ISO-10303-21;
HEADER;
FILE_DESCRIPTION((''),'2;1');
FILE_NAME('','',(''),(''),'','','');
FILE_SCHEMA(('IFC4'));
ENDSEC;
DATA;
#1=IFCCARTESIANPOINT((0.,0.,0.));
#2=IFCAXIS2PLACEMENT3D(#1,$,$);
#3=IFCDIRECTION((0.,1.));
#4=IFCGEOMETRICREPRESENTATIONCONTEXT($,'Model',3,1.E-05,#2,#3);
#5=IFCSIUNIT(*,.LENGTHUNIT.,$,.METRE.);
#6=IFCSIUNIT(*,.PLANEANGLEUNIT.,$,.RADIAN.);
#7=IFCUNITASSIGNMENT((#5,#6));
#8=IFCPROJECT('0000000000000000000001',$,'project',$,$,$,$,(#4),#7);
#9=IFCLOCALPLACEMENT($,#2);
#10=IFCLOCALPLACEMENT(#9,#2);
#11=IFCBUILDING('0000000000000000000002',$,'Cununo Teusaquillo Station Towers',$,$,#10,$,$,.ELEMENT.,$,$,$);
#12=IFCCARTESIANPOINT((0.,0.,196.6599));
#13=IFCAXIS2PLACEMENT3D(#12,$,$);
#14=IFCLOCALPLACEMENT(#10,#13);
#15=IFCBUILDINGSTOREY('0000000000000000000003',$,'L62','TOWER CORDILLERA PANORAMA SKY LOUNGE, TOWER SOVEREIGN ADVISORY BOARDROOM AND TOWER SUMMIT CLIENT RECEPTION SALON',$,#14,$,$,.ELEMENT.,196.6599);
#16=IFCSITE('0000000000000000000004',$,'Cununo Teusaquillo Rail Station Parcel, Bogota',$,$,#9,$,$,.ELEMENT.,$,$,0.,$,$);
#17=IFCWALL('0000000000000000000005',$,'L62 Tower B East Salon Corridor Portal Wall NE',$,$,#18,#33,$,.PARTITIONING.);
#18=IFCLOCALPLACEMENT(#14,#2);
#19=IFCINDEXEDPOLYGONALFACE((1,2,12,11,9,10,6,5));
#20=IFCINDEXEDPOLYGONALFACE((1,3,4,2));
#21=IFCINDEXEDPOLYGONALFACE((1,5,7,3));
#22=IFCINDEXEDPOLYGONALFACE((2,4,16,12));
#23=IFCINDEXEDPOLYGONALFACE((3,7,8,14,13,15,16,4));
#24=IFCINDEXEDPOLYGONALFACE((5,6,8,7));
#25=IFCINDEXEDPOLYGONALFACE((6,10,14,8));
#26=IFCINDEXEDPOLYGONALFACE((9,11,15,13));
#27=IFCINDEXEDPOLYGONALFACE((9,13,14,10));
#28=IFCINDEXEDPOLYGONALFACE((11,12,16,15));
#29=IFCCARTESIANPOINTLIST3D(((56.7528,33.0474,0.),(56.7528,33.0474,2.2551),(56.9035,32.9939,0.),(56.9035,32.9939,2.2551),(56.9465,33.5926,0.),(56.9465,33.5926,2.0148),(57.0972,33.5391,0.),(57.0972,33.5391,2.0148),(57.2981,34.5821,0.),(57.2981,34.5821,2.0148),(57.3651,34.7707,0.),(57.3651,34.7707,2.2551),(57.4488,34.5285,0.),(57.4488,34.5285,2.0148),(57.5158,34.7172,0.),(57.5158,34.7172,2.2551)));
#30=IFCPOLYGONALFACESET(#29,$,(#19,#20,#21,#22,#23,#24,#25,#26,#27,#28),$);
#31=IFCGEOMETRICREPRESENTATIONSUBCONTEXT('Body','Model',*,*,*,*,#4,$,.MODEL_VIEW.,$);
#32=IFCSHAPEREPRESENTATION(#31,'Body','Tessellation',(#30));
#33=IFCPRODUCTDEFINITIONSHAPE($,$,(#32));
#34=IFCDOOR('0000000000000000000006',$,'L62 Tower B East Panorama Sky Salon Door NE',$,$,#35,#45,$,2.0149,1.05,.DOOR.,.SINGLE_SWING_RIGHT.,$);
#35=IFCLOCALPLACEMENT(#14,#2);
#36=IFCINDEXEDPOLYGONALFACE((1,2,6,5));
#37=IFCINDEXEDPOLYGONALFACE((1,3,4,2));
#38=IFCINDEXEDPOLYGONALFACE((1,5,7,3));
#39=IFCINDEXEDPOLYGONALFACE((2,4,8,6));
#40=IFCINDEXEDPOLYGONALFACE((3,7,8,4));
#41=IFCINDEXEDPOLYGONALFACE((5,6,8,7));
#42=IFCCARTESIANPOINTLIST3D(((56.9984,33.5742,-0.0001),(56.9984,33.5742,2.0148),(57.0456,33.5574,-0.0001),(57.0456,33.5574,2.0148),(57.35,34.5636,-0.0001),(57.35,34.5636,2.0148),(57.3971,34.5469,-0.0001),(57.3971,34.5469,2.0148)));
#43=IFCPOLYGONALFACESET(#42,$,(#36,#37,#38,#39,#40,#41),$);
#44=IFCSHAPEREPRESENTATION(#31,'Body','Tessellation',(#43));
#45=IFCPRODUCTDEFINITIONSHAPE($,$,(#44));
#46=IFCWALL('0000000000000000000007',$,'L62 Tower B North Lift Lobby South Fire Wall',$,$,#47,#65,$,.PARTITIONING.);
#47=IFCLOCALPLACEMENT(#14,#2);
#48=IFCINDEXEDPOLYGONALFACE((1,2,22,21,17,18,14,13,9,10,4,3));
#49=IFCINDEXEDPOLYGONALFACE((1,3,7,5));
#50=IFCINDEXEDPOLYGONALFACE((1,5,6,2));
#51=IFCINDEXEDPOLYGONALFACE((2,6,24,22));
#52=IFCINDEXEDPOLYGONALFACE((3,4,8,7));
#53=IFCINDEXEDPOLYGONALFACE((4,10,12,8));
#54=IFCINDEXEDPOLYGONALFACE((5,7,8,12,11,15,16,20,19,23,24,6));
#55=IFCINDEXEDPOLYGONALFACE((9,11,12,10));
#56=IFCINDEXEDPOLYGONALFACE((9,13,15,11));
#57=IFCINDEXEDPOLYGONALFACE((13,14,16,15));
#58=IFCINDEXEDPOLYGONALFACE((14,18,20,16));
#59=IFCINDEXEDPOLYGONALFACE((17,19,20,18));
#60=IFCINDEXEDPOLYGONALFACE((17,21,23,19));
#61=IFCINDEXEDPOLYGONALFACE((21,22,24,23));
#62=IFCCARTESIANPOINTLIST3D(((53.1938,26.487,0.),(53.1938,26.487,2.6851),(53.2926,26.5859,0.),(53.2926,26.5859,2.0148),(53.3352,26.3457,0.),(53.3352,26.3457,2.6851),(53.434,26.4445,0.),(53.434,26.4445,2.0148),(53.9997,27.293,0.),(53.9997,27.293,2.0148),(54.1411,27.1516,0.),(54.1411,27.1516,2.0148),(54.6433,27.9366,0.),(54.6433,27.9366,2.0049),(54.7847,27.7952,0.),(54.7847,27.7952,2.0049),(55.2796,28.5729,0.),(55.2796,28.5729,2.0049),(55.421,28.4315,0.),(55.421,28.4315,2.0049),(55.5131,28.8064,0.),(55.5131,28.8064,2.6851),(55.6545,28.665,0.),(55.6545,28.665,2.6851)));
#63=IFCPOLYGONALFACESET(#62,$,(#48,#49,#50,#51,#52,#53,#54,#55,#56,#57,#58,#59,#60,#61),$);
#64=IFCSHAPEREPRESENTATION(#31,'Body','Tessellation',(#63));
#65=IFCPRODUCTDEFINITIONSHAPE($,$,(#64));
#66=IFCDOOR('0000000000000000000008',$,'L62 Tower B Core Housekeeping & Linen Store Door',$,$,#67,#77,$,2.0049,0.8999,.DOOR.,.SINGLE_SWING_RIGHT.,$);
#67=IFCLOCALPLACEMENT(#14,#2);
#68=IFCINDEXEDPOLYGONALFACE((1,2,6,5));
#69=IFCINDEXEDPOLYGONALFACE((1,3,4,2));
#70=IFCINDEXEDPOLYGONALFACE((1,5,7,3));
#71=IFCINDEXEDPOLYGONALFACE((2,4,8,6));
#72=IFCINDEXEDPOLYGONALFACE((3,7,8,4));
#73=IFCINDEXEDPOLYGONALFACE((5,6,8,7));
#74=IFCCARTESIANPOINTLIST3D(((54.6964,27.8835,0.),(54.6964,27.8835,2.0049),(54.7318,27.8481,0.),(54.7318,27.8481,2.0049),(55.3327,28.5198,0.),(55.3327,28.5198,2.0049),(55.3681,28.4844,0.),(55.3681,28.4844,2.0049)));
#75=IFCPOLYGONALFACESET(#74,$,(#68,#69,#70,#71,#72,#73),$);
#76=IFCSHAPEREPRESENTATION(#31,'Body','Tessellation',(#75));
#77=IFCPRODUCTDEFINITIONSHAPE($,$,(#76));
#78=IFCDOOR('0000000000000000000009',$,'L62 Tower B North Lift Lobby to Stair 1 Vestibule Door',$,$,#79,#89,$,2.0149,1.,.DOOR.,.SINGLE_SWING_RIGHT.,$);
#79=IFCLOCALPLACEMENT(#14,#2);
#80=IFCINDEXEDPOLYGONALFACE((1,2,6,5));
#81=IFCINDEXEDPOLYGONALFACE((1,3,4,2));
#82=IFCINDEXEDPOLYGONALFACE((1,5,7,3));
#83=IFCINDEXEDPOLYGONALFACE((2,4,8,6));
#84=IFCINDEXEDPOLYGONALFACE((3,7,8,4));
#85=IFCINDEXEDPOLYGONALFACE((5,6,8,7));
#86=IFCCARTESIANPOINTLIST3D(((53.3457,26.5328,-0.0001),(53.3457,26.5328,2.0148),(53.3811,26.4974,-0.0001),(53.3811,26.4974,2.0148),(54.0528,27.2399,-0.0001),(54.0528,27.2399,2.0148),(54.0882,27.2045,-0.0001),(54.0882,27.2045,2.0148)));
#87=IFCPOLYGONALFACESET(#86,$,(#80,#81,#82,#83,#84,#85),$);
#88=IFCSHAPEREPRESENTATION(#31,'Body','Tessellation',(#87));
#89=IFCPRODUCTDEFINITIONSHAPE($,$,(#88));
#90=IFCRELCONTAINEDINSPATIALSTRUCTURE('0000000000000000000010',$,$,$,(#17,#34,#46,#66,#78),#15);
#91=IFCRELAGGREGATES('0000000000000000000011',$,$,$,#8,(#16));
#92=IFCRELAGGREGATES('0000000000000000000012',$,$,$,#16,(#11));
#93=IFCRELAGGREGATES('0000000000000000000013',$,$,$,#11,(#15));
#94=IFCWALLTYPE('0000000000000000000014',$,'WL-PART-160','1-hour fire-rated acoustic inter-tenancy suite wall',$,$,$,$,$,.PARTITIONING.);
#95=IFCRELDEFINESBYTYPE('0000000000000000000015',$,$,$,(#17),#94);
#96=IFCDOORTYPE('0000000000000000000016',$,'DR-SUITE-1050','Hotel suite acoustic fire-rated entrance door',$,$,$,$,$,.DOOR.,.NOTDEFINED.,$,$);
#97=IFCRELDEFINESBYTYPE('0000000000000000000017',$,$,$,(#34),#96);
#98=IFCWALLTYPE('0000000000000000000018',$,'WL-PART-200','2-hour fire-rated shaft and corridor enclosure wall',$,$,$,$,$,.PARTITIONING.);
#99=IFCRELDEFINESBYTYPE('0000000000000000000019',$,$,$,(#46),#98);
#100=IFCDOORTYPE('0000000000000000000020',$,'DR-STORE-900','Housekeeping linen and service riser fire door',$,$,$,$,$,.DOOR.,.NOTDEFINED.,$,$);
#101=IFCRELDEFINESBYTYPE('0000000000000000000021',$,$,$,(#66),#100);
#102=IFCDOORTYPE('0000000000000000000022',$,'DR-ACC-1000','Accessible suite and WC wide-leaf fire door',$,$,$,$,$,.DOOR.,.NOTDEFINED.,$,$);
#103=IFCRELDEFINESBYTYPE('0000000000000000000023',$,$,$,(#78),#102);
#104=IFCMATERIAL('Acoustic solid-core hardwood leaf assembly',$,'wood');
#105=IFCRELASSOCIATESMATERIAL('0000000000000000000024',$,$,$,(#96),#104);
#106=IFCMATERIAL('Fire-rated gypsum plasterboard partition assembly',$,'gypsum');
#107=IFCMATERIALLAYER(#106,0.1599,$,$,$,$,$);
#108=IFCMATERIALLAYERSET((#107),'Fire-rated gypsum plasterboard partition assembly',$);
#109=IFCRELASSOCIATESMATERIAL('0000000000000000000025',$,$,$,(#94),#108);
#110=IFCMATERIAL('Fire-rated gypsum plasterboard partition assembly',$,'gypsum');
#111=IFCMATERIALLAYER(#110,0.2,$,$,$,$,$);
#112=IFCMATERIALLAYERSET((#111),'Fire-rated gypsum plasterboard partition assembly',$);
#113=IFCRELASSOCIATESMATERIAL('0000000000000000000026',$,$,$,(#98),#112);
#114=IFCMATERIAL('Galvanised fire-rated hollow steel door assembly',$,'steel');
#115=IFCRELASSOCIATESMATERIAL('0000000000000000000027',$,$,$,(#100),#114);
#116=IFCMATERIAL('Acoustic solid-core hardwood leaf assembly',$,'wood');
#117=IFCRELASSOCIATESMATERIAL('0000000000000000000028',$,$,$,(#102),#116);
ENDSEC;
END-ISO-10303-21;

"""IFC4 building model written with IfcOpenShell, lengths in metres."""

from ifc_helpers import new_model, si_unit, direction, frame, frame_2d, origin, place, context, subcontext, project, spatial, rectangle, extrude, source, transform, mapped, material, layer, layer_set, type_object, element, fill, save


model = new_model("IFC4")

# Units and contexts
model_context = context("Model", 3, precision=1e-05, world=origin(), true_north=direction((0.0, 1.0)))
body_context = subcontext(model_context, "Body", "Model", "MODEL_VIEW")
ifc_project = project(units=[si_unit("LENGTHUNIT", "METRE"), si_unit("PLANEANGLEUNIT", "RADIAN")], contexts=[model_context])

# Site, building, storey
site_placement = place(None, origin())
site = spatial("IfcSite", under=ifc_project, at=site_placement, Name="Cununo Teusaquillo Rail Station Parcel, Bogota", CompositionType="ELEMENT", RefElevation=0.0)
building_placement = place(site_placement, origin())
building = spatial("IfcBuilding", under=site, at=building_placement, Name="Cununo Teusaquillo Station Towers", CompositionType="ELEMENT")
storey_placement = place(building_placement, frame((0.0, 0.0, 196.6599)))
storey = spatial("IfcBuildingStorey", under=building, at=storey_placement, Name="L62", Description="TOWER CORDILLERA PANORAMA SKY LOUNGE, TOWER SOVEREIGN ADVISORY BOARDROOM AND TOWER SUMMIT CLIENT RECEPTION SALON", CompositionType="ELEMENT", Elevation=196.6599)

# Shared definitions
ifc_material_1 = material(Name="Acoustic solid-core hardwood leaf assembly", Category="wood")
door_type_1 = type_object("IfcDoorType", Name="DR-SUITE-1050", Description="Hotel suite acoustic fire-rated entrance door", OperationType="NOTDEFINED", PredefinedType="DOOR", material=ifc_material_1)
shared_shape_1 = source(origin(), body_context, "Body", "SweptSolid", [
    extrude(rectangle(XDim=1.05, YDim=2.0149, at=frame_2d((0.5249, 1.0073))), frame((0.0, 0.0249, 0.0), z_axis=(0.0, -1.0, 0.0), x_axis=(1.0, 0.0, 0.0)), (0.0, 0.0, 1.0), 0.05),
])

# Wall, opening, door
ifc_material_2 = material(Name="Fire-rated gypsum plasterboard partition assembly", Category="gypsum")
ifc_layer_1 = layer(ifc_material_2, 0.1599)
ifc_layer_set_1 = layer_set([ifc_layer_1], Name="Fire-rated gypsum plasterboard partition assembly")
wall_type_1 = type_object("IfcWallType", Name="WL-PART-160", Description="1-hour fire-rated acoustic inter-tenancy suite wall", PredefinedType="PARTITIONING", material=ifc_layer_set_1)
shared_shape_2 = source(origin(), body_context, "Body", "SweptSolid", [
    extrude(rectangle(XDim=0.8999, YDim=2.0049, at=frame_2d((0.45, 1.0024))), frame((0.0, 0.0249, 0.0), z_axis=(0.0, -1.0, 0.0), x_axis=(1.0, 0.0, 0.0)), (0.0, 0.0, 1.0), 0.05),
])
wall_1_placement = place(storey_placement, frame((56.8281, 33.0205, 0.0), z_axis=(0.0, 0.0, 1.0), x_axis=(0.334788, 0.942293, 0.0)))
wall_1 = element("IfcWall", 1, at=wall_1_placement, inside=storey, type_object=wall_type_1, Name="L62 Tower B East Salon Corridor Portal Wall NE", PredefinedType="PARTITIONING", context=body_context, shape_type="SweptSolid", body=[
    extrude(rectangle(XDim=1.8289, YDim=0.1599, at=frame_2d((0.9146, 0.0))), origin(), (0.0, 0.0, 1.0), 2.2551),
])
shared_shape_3 = source(origin(), body_context, "Body", "SweptSolid", [
    extrude(rectangle(XDim=1.05, YDim=2.0149, at=frame_2d((0.5249, 1.0073))), frame((0.0, 0.0898, 0.0), z_axis=(0.0, -1.0, 0.0), x_axis=(1.0, 0.0, 0.0)), (0.0, 0.0, 1.0), 0.1799),
])
opening_1_placement = place(wall_1_placement, frame((0.5789, 0.0, 0.0)))
opening_1 = element("IfcOpeningElement", 2, at=opening_1_placement, cuts=wall_1, PredefinedType="OPENING", context=body_context, shape_type="MappedRepresentation", body=[
    mapped(shared_shape_3, transform((0.0, 0.0, 0.0), x_axis=(1.0, 0.0, 0.0), y_axis=(0.0, 1.0, 0.0), z_axis=(0.0, 0.0, 1.0), scale=1.0)),
])
door_1_placement = place(opening_1_placement, origin())
door_1 = element("IfcDoor", 3, at=door_1_placement, inside=storey, type_object=door_type_1, Name="L62 Tower B East Panorama Sky Salon Door NE", OperationType="SINGLE_SWING_RIGHT", OverallHeight=2.0149, OverallWidth=1.05, PredefinedType="DOOR", context=body_context, shape_type="MappedRepresentation", body=[
    mapped(shared_shape_1, transform((0.0, 0.0, 0.0), x_axis=(1.0, 0.0, 0.0), y_axis=(0.0, 1.0, 0.0), z_axis=(0.0, 0.0, 1.0), scale=1.0)),
])
fill(opening_1, door_1)

# Wall, openings, doors
ifc_material_3 = material(Name="Fire-rated gypsum plasterboard partition assembly", Category="gypsum")
ifc_layer_2 = layer(ifc_material_3, 0.2)
ifc_layer_set_2 = layer_set([ifc_layer_2], Name="Fire-rated gypsum plasterboard partition assembly")
wall_type_2 = type_object("IfcWallType", Name="WL-PART-200", Description="2-hour fire-rated shaft and corridor enclosure wall", PredefinedType="PARTITIONING", material=ifc_layer_set_2)
wall_2_placement = place(storey_placement, frame((53.2644, 26.4163, 0.0), z_axis=(0.0, 0.0, 1.0), x_axis=(0.707107, 0.707107, 0.0)))
wall_2 = element("IfcWall", 4, at=wall_2_placement, inside=storey, type_object=wall_type_2, Name="L62 Tower B North Lift Lobby South Fire Wall", PredefinedType="PARTITIONING", context=body_context, shape_type="SweptSolid", body=[
    extrude(rectangle(XDim=3.28, YDim=0.2, at=frame_2d((1.6401, 0.0))), origin(), (0.0, 0.0, 1.0), 2.6851),
])
shared_shape_4 = source(origin(), body_context, "Body", "SweptSolid", [
    extrude(rectangle(XDim=1.0, YDim=2.0149, at=frame_2d((0.5, 1.0073))), frame((0.0, 0.1099, 0.0), z_axis=(0.0, -1.0, 0.0), x_axis=(1.0, 0.0, 0.0)), (0.0, 0.0, 1.0), 0.22),
])
opening_2_placement = place(wall_2_placement, frame((0.1399, 0.0, 0.0)))
opening_2 = element("IfcOpeningElement", 5, at=opening_2_placement, cuts=wall_2, PredefinedType="OPENING", context=body_context, shape_type="MappedRepresentation", body=[
    mapped(shared_shape_4, transform((0.0, 0.0, 0.0), x_axis=(1.0, 0.0, 0.0), y_axis=(0.0, 1.0, 0.0), z_axis=(0.0, 0.0, 1.0), scale=1.0)),
])
shared_shape_5 = source(origin(), body_context, "Body", "SweptSolid", [
    extrude(rectangle(XDim=0.8999, YDim=2.0049, at=frame_2d((0.45, 1.0024))), frame((0.0, 0.1099, 0.0), z_axis=(0.0, -1.0, 0.0), x_axis=(1.0, 0.0, 0.0)), (0.0, 0.0, 1.0), 0.22),
])
opening_3_placement = place(wall_2_placement, frame((2.05, 0.0, 0.0)))
opening_3 = element("IfcOpeningElement", 6, at=opening_3_placement, cuts=wall_2, PredefinedType="OPENING", context=body_context, shape_type="MappedRepresentation", body=[
    mapped(shared_shape_5, transform((0.0, 0.0, 0.0), x_axis=(1.0, 0.0, 0.0), y_axis=(0.0, 1.0, 0.0), z_axis=(0.0, 0.0, 1.0), scale=1.0)),
])
ifc_material_4 = material(Name="Galvanised fire-rated hollow steel door assembly", Category="steel")
door_type_2 = type_object("IfcDoorType", Name="DR-STORE-900", Description="Housekeeping linen and service riser fire door", OperationType="NOTDEFINED", PredefinedType="DOOR", material=ifc_material_4)
door_2_placement = place(opening_3_placement, origin())
door_2 = element("IfcDoor", 7, at=door_2_placement, inside=storey, type_object=door_type_2, Name="L62 Tower B Core Housekeeping & Linen Store Door", OperationType="SINGLE_SWING_RIGHT", OverallHeight=2.0049, OverallWidth=0.8999, PredefinedType="DOOR", context=body_context, shape_type="MappedRepresentation", body=[
    mapped(shared_shape_2, transform((0.0, 0.0, 0.0), x_axis=(1.0, 0.0, 0.0), y_axis=(0.0, 1.0, 0.0), z_axis=(0.0, 0.0, 1.0), scale=1.0)),
])
fill(opening_3, door_2)
ifc_material_5 = material(Name="Acoustic solid-core hardwood leaf assembly", Category="wood")
door_type_3 = type_object("IfcDoorType", Name="DR-ACC-1000", Description="Accessible suite and WC wide-leaf fire door", OperationType="NOTDEFINED", PredefinedType="DOOR", material=ifc_material_5)
shared_shape_6 = source(origin(), body_context, "Body", "SweptSolid", [
    extrude(rectangle(XDim=1.0, YDim=2.0149, at=frame_2d((0.5, 1.0073))), frame((0.0, 0.0249, 0.0), z_axis=(0.0, -1.0, 0.0), x_axis=(1.0, 0.0, 0.0)), (0.0, 0.0, 1.0), 0.05),
])
door_3_placement = place(opening_2_placement, origin())
door_3 = element("IfcDoor", 8, at=door_3_placement, inside=storey, type_object=door_type_3, Name="L62 Tower B North Lift Lobby to Stair 1 Vestibule Door", OperationType="SINGLE_SWING_RIGHT", OverallHeight=2.0149, OverallWidth=1.0, PredefinedType="DOOR", context=body_context, shape_type="MappedRepresentation", body=[
    mapped(shared_shape_6, transform((0.0, 0.0, 0.0), x_axis=(1.0, 0.0, 0.0), y_axis=(0.0, 1.0, 0.0), z_axis=(0.0, 0.0, 1.0), scale=1.0)),
])
fill(opening_2, door_3)

save(model, "model.ifc")
